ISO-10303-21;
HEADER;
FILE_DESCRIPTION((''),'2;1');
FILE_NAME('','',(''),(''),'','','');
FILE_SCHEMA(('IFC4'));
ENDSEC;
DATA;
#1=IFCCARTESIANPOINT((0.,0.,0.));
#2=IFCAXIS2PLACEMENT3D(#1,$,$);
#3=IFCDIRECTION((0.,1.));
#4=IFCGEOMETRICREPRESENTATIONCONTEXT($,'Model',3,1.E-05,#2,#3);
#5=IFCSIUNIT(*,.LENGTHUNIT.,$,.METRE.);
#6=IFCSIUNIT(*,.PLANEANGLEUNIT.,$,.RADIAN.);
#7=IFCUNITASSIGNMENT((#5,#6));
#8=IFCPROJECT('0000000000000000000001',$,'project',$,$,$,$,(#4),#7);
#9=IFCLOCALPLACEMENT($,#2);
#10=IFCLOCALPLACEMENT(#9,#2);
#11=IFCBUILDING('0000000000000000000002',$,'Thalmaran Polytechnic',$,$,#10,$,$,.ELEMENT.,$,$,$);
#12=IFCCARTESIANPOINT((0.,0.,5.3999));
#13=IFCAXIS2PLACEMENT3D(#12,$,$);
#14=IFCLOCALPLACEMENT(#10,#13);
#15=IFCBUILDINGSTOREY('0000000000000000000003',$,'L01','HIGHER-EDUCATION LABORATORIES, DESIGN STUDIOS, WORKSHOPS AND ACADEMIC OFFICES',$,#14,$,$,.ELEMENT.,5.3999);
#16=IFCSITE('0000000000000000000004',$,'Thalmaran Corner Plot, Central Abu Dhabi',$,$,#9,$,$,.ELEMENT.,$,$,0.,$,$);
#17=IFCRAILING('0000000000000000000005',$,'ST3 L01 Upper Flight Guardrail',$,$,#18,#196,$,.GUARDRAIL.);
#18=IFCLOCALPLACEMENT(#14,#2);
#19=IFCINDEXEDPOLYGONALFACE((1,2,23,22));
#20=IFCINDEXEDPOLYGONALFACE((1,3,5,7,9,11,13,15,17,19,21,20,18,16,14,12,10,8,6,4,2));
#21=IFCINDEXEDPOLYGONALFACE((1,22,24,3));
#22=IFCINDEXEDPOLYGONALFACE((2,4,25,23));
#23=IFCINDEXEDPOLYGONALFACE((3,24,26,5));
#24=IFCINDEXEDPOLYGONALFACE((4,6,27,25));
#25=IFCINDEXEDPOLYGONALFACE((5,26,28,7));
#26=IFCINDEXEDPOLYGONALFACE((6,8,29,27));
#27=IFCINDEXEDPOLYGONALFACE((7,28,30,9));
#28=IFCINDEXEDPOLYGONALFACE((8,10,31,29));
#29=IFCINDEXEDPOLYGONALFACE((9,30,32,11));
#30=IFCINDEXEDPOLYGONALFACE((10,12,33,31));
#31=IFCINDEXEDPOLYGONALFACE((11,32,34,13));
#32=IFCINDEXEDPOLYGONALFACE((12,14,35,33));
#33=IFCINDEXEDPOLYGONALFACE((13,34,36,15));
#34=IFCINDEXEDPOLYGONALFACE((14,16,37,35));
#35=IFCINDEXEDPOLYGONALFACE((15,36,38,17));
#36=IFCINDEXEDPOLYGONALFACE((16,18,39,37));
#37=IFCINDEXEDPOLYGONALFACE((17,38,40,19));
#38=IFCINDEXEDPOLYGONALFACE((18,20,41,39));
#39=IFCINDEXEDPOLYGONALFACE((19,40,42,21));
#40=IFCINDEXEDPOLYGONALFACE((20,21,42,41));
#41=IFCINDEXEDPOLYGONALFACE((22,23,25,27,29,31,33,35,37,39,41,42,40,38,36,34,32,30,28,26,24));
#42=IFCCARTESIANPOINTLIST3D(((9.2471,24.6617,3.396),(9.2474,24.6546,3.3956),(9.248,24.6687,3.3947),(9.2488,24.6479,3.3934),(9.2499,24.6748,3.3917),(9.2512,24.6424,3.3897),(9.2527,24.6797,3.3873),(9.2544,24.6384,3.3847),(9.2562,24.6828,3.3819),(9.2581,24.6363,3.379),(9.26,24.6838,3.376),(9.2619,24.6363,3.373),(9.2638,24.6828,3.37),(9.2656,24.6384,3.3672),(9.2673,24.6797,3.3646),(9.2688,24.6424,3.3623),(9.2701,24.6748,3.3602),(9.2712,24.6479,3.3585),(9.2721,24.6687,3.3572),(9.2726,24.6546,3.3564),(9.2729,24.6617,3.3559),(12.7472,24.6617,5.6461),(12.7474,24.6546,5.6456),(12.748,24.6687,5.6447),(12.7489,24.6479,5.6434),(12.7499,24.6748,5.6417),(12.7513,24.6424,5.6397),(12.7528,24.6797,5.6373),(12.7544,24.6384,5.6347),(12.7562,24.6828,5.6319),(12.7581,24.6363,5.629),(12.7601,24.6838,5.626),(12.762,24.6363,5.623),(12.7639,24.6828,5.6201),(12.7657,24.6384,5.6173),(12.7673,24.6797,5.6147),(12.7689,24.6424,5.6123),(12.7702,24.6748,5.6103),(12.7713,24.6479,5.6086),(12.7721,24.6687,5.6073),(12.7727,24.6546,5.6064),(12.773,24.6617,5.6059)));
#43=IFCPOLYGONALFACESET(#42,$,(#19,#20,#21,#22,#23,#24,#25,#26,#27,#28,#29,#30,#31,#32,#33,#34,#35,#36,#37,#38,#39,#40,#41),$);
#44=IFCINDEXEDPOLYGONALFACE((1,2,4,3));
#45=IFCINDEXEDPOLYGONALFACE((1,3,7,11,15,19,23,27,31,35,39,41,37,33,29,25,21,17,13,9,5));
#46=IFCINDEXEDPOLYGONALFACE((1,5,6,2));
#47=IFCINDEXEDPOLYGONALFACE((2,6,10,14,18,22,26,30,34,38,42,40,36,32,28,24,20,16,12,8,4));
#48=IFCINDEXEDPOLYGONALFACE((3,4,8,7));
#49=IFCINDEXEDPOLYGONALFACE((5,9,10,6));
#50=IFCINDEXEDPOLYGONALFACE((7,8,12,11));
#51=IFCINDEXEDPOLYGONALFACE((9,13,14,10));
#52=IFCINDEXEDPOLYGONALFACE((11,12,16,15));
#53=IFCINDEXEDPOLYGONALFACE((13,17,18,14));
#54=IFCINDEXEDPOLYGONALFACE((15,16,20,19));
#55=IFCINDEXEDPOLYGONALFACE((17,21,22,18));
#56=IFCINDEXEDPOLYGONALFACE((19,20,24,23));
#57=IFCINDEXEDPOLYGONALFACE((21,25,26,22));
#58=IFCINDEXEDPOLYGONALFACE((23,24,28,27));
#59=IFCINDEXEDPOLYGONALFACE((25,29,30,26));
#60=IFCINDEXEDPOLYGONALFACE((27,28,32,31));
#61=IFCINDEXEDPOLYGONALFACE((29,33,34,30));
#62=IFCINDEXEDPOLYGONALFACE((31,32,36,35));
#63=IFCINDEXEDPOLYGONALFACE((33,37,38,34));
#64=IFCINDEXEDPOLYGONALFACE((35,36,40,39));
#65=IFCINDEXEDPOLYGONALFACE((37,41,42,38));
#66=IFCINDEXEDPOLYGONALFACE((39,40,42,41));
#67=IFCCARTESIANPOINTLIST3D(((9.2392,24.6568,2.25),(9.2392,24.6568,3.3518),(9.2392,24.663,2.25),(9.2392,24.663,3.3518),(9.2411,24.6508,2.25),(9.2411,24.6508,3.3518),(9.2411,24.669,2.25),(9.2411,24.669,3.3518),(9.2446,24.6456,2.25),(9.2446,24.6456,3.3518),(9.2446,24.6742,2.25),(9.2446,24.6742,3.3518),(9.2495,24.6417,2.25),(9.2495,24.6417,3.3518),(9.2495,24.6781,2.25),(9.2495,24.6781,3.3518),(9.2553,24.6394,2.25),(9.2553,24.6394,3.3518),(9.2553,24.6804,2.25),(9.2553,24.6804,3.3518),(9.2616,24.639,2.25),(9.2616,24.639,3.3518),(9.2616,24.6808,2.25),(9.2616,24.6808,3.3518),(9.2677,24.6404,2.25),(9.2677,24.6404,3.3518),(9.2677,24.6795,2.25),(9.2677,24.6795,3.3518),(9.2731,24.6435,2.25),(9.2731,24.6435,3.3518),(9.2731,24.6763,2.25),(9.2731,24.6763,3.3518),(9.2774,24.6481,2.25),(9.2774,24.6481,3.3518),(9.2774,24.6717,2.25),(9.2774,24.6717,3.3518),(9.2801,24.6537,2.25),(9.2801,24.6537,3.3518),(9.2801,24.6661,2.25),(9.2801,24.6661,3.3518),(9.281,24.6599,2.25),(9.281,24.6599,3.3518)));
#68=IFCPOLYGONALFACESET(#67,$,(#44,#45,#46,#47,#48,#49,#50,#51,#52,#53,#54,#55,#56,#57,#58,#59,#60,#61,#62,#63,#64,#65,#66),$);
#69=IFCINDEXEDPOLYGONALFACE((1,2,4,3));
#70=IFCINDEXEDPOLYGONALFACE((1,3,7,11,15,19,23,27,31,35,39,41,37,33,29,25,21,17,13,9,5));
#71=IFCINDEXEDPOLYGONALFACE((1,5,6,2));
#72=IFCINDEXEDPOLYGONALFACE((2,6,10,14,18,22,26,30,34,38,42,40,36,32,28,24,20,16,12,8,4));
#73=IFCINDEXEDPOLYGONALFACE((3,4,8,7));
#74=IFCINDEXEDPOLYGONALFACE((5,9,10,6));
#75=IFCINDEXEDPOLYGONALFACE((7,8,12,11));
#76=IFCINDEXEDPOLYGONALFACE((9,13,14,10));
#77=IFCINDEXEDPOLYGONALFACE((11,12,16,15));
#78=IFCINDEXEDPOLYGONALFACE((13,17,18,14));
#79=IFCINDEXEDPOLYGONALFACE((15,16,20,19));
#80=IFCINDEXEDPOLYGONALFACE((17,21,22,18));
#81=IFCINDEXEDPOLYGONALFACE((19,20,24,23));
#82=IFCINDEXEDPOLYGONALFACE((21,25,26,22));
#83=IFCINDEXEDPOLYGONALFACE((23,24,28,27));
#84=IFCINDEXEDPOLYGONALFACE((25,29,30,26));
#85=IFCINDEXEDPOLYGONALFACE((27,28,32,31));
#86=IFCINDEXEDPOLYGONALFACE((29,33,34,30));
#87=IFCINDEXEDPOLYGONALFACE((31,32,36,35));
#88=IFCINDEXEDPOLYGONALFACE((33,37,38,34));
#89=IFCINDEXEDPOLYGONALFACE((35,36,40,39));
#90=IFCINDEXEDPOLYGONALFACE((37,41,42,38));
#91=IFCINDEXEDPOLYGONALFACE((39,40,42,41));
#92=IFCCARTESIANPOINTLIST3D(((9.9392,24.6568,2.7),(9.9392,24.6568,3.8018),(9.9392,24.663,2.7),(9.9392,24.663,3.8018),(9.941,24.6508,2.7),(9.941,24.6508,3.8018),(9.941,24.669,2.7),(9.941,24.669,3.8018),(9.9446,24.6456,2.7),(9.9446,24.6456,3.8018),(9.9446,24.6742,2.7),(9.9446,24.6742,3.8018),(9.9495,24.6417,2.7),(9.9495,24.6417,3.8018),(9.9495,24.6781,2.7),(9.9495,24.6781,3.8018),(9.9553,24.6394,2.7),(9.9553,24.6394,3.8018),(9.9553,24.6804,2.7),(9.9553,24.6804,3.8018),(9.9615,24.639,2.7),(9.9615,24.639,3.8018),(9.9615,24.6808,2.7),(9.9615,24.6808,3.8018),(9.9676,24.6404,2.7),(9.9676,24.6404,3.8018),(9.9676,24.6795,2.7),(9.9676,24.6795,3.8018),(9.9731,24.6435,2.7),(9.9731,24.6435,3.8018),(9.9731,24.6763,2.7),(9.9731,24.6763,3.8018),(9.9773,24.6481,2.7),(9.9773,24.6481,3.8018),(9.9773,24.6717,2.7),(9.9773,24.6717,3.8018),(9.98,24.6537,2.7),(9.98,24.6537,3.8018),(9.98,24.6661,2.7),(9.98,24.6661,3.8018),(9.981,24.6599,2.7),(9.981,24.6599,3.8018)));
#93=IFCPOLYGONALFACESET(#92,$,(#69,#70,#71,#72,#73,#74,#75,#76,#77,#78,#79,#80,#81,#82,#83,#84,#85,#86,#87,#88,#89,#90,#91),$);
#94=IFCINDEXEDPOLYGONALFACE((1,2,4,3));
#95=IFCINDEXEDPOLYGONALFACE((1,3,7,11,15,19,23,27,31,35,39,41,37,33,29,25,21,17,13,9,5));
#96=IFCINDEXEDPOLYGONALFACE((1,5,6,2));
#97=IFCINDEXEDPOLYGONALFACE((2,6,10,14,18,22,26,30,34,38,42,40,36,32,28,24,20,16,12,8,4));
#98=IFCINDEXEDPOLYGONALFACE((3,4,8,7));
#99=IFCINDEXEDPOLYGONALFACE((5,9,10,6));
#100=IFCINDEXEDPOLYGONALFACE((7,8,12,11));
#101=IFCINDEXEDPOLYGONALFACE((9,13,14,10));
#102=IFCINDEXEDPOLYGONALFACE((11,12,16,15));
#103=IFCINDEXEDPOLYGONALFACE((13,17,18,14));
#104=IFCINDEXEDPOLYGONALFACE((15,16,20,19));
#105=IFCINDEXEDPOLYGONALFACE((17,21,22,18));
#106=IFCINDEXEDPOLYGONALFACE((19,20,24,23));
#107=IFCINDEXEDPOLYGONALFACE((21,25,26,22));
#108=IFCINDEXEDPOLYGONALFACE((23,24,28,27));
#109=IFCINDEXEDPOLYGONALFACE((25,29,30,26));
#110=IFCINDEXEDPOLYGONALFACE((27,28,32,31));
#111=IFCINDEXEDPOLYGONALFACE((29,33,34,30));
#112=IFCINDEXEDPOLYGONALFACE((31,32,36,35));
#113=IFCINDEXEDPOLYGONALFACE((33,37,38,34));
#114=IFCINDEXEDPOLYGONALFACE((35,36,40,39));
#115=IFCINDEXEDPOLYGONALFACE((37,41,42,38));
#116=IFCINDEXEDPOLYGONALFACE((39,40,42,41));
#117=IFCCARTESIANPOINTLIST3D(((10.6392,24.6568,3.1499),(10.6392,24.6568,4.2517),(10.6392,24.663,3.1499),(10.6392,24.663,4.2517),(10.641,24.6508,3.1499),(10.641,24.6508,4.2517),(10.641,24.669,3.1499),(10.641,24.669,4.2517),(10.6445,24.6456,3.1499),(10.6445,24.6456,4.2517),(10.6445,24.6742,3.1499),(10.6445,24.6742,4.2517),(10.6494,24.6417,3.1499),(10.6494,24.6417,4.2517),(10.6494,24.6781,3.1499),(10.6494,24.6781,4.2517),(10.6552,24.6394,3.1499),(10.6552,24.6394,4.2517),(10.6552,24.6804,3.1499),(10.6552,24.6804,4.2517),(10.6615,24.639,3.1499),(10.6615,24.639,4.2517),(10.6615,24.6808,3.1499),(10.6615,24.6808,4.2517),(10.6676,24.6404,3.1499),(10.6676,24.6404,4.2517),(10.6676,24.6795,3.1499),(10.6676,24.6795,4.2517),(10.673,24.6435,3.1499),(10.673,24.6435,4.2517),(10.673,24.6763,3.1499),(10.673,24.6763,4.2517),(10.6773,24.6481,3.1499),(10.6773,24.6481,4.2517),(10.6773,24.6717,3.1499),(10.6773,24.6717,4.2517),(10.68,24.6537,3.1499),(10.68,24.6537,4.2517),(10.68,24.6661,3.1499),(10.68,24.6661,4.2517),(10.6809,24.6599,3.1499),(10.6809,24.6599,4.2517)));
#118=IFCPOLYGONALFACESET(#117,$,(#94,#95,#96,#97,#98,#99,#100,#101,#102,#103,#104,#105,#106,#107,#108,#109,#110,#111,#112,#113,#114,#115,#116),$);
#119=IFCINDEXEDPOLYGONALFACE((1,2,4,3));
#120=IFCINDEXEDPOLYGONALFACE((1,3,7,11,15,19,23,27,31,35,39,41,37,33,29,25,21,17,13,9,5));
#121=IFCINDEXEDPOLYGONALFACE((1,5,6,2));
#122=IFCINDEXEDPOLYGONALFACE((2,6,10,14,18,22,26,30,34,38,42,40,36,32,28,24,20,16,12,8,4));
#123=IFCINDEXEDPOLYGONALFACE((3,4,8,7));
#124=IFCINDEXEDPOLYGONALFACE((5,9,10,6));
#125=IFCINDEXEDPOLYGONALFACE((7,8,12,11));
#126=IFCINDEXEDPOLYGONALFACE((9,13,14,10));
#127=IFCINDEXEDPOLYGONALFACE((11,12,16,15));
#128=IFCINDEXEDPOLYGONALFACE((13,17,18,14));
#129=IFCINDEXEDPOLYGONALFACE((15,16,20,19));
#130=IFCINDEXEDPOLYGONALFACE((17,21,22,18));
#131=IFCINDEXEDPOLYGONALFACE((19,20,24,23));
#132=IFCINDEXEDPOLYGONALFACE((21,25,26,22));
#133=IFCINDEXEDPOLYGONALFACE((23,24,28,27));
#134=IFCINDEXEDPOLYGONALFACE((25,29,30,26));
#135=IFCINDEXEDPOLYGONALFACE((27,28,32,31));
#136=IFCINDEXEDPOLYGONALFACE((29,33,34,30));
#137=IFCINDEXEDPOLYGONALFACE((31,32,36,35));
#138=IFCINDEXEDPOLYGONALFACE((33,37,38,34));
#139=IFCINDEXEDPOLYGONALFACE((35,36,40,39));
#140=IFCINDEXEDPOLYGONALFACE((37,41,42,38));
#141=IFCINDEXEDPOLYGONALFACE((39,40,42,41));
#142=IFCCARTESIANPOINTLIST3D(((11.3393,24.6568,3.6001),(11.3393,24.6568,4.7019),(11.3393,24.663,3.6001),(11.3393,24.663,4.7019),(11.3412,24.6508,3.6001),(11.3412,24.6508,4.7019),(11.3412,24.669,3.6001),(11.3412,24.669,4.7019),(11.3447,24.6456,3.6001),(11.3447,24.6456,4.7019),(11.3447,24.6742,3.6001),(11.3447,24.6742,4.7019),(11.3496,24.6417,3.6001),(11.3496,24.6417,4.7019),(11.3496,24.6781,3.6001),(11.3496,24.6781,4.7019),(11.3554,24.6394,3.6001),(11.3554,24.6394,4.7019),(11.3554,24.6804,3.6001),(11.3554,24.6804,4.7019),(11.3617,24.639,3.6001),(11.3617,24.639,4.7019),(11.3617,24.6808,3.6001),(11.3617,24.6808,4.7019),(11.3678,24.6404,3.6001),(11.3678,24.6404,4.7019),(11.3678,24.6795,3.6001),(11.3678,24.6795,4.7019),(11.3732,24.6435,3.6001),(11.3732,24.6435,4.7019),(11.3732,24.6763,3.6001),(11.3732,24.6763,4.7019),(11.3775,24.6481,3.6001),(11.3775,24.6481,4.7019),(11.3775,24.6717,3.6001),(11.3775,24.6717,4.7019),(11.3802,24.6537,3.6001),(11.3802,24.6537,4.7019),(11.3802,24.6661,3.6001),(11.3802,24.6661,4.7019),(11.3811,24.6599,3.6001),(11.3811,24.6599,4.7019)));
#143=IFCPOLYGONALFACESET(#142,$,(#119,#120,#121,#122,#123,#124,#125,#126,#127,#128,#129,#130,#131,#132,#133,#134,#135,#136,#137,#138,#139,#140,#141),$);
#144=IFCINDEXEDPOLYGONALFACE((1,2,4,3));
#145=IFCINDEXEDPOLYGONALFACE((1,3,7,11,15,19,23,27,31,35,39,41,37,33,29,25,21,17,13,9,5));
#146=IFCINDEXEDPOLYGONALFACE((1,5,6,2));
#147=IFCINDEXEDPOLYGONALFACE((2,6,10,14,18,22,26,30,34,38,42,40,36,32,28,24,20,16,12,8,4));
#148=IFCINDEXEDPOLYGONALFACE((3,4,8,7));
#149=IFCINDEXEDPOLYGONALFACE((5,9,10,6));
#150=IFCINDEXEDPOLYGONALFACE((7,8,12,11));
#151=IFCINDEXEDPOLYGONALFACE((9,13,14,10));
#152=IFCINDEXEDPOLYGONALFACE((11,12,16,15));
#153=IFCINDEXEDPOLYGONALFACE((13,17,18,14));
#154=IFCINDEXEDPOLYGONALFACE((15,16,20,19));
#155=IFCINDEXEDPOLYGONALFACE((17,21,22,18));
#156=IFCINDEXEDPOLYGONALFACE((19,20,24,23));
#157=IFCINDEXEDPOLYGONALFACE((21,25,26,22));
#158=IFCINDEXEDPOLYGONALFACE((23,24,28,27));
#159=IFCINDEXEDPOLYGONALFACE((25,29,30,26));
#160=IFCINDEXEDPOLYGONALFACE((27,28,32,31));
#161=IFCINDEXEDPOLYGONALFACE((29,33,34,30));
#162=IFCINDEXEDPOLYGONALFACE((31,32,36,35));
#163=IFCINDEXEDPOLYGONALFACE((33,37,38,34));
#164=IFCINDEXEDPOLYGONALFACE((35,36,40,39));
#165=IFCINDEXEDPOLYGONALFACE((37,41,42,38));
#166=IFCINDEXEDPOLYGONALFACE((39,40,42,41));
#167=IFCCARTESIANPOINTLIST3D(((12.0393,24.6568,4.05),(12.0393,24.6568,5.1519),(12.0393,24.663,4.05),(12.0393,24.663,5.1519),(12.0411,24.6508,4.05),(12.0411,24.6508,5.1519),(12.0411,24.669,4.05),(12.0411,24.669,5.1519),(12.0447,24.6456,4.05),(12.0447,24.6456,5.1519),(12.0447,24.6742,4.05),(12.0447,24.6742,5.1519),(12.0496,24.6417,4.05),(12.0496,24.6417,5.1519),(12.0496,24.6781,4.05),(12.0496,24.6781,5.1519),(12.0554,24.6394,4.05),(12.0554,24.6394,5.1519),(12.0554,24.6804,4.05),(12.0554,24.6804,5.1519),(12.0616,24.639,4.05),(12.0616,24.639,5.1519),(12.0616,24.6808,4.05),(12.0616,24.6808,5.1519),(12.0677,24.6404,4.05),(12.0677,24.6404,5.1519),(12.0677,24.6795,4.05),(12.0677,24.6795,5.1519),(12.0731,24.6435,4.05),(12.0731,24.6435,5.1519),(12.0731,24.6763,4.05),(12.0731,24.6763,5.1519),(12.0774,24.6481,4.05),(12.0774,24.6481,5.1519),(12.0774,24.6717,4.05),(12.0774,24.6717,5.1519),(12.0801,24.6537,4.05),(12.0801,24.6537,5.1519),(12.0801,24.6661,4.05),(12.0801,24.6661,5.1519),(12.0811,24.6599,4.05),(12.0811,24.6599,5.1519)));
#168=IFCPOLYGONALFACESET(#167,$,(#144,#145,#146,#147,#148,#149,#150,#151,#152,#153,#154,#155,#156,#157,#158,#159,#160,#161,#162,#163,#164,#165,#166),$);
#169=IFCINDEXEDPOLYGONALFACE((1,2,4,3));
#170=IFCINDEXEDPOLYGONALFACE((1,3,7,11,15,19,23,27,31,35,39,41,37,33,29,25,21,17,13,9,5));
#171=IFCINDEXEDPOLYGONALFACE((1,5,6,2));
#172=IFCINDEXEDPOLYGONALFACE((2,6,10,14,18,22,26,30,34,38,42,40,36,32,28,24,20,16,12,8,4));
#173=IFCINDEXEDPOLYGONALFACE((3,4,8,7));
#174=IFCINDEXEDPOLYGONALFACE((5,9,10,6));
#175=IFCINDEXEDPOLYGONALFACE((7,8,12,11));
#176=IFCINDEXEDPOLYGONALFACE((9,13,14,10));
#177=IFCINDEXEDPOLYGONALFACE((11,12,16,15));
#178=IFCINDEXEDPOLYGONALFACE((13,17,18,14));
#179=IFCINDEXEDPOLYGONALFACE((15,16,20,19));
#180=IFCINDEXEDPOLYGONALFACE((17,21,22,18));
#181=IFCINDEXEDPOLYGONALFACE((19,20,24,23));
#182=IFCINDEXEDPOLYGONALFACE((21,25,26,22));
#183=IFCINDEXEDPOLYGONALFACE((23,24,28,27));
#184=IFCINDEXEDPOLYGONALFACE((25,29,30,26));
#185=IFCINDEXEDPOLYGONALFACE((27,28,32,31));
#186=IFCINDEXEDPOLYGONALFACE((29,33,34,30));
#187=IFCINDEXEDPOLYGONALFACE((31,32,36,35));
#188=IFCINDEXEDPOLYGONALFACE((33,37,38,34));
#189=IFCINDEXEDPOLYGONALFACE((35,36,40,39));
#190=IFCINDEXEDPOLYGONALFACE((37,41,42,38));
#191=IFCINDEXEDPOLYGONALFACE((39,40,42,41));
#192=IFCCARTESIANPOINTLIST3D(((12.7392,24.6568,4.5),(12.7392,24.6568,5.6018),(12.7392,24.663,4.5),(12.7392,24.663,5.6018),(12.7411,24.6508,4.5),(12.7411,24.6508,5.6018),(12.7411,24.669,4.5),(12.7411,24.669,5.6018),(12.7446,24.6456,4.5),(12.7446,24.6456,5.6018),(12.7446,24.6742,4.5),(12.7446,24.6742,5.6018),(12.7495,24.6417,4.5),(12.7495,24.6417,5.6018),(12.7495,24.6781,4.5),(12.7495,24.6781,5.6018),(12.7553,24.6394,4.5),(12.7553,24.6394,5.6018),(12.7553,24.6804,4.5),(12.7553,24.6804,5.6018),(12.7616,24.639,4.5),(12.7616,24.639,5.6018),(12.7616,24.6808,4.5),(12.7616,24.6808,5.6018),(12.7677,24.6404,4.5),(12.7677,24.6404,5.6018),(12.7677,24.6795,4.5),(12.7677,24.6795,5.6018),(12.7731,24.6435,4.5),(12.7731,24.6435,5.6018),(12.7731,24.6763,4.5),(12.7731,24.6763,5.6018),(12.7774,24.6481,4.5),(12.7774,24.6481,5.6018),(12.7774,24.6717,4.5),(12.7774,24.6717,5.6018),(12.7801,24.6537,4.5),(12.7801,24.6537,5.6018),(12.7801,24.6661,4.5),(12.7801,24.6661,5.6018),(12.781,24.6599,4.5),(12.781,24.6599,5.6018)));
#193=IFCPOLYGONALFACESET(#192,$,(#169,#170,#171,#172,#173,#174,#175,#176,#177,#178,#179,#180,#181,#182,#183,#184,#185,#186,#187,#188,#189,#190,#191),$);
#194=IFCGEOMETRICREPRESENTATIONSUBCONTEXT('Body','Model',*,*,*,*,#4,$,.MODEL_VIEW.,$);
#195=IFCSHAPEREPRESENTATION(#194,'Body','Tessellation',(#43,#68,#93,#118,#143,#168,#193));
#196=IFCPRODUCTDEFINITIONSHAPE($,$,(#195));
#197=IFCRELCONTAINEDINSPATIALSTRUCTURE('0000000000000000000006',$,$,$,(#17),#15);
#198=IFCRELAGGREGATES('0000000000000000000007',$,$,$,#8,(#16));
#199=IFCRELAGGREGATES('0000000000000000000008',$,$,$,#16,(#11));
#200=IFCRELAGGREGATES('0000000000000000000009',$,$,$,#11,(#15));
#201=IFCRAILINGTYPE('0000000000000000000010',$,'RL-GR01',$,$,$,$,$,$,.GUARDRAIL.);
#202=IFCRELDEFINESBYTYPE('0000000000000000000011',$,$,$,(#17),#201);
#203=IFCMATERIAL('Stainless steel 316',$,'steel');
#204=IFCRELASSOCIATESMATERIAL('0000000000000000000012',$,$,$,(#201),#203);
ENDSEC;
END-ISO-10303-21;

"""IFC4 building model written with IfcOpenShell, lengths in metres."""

from ifc_helpers import new_model, si_unit, direction, frame, origin, origin_2d, place, context, subcontext, project, spatial, circle, extrude, material, type_object, element, save


model = new_model("IFC4")

# Units and contexts
model_context = context("Model", 3, precision=1e-05, world=origin(), true_north=direction((0.0, 1.0)))
body_context = subcontext(model_context, "Body", "Model", "MODEL_VIEW")
ifc_project = project(units=[si_unit("LENGTHUNIT", "METRE"), si_unit("PLANEANGLEUNIT", "RADIAN")], contexts=[model_context])

# Site, building, storey
site_placement = place(None, origin())
site = spatial("IfcSite", under=ifc_project, at=site_placement, Name="Thalmaran Corner Plot, Central Abu Dhabi", CompositionType="ELEMENT", RefElevation=0.0)
building_placement = place(site_placement, origin())
building = spatial("IfcBuilding", under=site, at=building_placement, Name="Thalmaran Polytechnic", CompositionType="ELEMENT")
storey_placement = place(building_placement, frame((0.0, 0.0, 5.3999)))
storey = spatial("IfcBuildingStorey", under=building, at=storey_placement, Name="L01", Description="HIGHER-EDUCATION LABORATORIES, DESIGN STUDIOS, WORKSHOPS AND ACADEMIC OFFICES", CompositionType="ELEMENT", Elevation=5.3999)

# Railing
ifc_material_1 = material(Name="Stainless steel 316", Category="steel")
railing_type_1 = type_object("IfcRailingType", Name="RL-GR01", PredefinedType="GUARDRAIL", material=ifc_material_1)
railing_1_placement = place(storey_placement, frame((9.26, 24.6599, 2.25)))
element("IfcRailing", 1, at=railing_1_placement, inside=storey, type_object=railing_type_1, Name="ST3 L01 Upper Flight Guardrail", PredefinedType="GUARDRAIL", context=body_context, shape_type="SweptSolid", body=[
    extrude(circle(Radius=0.0239, at=origin_2d()), frame((0.0, 0.0, 1.126), z_axis=(0.841178, 0.0, 0.540758), x_axis=(0.0, 1.0, 0.0)), (0.0, 0.0, 1.0), 4.1609),
    extrude(circle(Radius=0.021, at=origin_2d()), origin(), (0.0, 0.0, 1.0), 1.1018),
    extrude(circle(Radius=0.021, at=origin_2d()), frame((0.7, 0.0, 0.45)), (0.0, 0.0, 1.0), 1.1018),
    extrude(circle(Radius=0.021, at=origin_2d()), frame((1.3999, 0.0, 0.8999)), (0.0, 0.0, 1.0), 1.1018),
    extrude(circle(Radius=0.021, at=origin_2d()), frame((2.1001, 0.0, 1.3501)), (0.0, 0.0, 1.0), 1.1018),
    extrude(circle(Radius=0.021, at=origin_2d()), frame((2.8, 0.0, 1.8)), (0.0, 0.0, 1.0), 1.1018),
    extrude(circle(Radius=0.021, at=origin_2d()), frame((3.5, 0.0, 2.25)), (0.0, 0.0, 1.0), 1.1018),
])

save(model, "model.ifc")
